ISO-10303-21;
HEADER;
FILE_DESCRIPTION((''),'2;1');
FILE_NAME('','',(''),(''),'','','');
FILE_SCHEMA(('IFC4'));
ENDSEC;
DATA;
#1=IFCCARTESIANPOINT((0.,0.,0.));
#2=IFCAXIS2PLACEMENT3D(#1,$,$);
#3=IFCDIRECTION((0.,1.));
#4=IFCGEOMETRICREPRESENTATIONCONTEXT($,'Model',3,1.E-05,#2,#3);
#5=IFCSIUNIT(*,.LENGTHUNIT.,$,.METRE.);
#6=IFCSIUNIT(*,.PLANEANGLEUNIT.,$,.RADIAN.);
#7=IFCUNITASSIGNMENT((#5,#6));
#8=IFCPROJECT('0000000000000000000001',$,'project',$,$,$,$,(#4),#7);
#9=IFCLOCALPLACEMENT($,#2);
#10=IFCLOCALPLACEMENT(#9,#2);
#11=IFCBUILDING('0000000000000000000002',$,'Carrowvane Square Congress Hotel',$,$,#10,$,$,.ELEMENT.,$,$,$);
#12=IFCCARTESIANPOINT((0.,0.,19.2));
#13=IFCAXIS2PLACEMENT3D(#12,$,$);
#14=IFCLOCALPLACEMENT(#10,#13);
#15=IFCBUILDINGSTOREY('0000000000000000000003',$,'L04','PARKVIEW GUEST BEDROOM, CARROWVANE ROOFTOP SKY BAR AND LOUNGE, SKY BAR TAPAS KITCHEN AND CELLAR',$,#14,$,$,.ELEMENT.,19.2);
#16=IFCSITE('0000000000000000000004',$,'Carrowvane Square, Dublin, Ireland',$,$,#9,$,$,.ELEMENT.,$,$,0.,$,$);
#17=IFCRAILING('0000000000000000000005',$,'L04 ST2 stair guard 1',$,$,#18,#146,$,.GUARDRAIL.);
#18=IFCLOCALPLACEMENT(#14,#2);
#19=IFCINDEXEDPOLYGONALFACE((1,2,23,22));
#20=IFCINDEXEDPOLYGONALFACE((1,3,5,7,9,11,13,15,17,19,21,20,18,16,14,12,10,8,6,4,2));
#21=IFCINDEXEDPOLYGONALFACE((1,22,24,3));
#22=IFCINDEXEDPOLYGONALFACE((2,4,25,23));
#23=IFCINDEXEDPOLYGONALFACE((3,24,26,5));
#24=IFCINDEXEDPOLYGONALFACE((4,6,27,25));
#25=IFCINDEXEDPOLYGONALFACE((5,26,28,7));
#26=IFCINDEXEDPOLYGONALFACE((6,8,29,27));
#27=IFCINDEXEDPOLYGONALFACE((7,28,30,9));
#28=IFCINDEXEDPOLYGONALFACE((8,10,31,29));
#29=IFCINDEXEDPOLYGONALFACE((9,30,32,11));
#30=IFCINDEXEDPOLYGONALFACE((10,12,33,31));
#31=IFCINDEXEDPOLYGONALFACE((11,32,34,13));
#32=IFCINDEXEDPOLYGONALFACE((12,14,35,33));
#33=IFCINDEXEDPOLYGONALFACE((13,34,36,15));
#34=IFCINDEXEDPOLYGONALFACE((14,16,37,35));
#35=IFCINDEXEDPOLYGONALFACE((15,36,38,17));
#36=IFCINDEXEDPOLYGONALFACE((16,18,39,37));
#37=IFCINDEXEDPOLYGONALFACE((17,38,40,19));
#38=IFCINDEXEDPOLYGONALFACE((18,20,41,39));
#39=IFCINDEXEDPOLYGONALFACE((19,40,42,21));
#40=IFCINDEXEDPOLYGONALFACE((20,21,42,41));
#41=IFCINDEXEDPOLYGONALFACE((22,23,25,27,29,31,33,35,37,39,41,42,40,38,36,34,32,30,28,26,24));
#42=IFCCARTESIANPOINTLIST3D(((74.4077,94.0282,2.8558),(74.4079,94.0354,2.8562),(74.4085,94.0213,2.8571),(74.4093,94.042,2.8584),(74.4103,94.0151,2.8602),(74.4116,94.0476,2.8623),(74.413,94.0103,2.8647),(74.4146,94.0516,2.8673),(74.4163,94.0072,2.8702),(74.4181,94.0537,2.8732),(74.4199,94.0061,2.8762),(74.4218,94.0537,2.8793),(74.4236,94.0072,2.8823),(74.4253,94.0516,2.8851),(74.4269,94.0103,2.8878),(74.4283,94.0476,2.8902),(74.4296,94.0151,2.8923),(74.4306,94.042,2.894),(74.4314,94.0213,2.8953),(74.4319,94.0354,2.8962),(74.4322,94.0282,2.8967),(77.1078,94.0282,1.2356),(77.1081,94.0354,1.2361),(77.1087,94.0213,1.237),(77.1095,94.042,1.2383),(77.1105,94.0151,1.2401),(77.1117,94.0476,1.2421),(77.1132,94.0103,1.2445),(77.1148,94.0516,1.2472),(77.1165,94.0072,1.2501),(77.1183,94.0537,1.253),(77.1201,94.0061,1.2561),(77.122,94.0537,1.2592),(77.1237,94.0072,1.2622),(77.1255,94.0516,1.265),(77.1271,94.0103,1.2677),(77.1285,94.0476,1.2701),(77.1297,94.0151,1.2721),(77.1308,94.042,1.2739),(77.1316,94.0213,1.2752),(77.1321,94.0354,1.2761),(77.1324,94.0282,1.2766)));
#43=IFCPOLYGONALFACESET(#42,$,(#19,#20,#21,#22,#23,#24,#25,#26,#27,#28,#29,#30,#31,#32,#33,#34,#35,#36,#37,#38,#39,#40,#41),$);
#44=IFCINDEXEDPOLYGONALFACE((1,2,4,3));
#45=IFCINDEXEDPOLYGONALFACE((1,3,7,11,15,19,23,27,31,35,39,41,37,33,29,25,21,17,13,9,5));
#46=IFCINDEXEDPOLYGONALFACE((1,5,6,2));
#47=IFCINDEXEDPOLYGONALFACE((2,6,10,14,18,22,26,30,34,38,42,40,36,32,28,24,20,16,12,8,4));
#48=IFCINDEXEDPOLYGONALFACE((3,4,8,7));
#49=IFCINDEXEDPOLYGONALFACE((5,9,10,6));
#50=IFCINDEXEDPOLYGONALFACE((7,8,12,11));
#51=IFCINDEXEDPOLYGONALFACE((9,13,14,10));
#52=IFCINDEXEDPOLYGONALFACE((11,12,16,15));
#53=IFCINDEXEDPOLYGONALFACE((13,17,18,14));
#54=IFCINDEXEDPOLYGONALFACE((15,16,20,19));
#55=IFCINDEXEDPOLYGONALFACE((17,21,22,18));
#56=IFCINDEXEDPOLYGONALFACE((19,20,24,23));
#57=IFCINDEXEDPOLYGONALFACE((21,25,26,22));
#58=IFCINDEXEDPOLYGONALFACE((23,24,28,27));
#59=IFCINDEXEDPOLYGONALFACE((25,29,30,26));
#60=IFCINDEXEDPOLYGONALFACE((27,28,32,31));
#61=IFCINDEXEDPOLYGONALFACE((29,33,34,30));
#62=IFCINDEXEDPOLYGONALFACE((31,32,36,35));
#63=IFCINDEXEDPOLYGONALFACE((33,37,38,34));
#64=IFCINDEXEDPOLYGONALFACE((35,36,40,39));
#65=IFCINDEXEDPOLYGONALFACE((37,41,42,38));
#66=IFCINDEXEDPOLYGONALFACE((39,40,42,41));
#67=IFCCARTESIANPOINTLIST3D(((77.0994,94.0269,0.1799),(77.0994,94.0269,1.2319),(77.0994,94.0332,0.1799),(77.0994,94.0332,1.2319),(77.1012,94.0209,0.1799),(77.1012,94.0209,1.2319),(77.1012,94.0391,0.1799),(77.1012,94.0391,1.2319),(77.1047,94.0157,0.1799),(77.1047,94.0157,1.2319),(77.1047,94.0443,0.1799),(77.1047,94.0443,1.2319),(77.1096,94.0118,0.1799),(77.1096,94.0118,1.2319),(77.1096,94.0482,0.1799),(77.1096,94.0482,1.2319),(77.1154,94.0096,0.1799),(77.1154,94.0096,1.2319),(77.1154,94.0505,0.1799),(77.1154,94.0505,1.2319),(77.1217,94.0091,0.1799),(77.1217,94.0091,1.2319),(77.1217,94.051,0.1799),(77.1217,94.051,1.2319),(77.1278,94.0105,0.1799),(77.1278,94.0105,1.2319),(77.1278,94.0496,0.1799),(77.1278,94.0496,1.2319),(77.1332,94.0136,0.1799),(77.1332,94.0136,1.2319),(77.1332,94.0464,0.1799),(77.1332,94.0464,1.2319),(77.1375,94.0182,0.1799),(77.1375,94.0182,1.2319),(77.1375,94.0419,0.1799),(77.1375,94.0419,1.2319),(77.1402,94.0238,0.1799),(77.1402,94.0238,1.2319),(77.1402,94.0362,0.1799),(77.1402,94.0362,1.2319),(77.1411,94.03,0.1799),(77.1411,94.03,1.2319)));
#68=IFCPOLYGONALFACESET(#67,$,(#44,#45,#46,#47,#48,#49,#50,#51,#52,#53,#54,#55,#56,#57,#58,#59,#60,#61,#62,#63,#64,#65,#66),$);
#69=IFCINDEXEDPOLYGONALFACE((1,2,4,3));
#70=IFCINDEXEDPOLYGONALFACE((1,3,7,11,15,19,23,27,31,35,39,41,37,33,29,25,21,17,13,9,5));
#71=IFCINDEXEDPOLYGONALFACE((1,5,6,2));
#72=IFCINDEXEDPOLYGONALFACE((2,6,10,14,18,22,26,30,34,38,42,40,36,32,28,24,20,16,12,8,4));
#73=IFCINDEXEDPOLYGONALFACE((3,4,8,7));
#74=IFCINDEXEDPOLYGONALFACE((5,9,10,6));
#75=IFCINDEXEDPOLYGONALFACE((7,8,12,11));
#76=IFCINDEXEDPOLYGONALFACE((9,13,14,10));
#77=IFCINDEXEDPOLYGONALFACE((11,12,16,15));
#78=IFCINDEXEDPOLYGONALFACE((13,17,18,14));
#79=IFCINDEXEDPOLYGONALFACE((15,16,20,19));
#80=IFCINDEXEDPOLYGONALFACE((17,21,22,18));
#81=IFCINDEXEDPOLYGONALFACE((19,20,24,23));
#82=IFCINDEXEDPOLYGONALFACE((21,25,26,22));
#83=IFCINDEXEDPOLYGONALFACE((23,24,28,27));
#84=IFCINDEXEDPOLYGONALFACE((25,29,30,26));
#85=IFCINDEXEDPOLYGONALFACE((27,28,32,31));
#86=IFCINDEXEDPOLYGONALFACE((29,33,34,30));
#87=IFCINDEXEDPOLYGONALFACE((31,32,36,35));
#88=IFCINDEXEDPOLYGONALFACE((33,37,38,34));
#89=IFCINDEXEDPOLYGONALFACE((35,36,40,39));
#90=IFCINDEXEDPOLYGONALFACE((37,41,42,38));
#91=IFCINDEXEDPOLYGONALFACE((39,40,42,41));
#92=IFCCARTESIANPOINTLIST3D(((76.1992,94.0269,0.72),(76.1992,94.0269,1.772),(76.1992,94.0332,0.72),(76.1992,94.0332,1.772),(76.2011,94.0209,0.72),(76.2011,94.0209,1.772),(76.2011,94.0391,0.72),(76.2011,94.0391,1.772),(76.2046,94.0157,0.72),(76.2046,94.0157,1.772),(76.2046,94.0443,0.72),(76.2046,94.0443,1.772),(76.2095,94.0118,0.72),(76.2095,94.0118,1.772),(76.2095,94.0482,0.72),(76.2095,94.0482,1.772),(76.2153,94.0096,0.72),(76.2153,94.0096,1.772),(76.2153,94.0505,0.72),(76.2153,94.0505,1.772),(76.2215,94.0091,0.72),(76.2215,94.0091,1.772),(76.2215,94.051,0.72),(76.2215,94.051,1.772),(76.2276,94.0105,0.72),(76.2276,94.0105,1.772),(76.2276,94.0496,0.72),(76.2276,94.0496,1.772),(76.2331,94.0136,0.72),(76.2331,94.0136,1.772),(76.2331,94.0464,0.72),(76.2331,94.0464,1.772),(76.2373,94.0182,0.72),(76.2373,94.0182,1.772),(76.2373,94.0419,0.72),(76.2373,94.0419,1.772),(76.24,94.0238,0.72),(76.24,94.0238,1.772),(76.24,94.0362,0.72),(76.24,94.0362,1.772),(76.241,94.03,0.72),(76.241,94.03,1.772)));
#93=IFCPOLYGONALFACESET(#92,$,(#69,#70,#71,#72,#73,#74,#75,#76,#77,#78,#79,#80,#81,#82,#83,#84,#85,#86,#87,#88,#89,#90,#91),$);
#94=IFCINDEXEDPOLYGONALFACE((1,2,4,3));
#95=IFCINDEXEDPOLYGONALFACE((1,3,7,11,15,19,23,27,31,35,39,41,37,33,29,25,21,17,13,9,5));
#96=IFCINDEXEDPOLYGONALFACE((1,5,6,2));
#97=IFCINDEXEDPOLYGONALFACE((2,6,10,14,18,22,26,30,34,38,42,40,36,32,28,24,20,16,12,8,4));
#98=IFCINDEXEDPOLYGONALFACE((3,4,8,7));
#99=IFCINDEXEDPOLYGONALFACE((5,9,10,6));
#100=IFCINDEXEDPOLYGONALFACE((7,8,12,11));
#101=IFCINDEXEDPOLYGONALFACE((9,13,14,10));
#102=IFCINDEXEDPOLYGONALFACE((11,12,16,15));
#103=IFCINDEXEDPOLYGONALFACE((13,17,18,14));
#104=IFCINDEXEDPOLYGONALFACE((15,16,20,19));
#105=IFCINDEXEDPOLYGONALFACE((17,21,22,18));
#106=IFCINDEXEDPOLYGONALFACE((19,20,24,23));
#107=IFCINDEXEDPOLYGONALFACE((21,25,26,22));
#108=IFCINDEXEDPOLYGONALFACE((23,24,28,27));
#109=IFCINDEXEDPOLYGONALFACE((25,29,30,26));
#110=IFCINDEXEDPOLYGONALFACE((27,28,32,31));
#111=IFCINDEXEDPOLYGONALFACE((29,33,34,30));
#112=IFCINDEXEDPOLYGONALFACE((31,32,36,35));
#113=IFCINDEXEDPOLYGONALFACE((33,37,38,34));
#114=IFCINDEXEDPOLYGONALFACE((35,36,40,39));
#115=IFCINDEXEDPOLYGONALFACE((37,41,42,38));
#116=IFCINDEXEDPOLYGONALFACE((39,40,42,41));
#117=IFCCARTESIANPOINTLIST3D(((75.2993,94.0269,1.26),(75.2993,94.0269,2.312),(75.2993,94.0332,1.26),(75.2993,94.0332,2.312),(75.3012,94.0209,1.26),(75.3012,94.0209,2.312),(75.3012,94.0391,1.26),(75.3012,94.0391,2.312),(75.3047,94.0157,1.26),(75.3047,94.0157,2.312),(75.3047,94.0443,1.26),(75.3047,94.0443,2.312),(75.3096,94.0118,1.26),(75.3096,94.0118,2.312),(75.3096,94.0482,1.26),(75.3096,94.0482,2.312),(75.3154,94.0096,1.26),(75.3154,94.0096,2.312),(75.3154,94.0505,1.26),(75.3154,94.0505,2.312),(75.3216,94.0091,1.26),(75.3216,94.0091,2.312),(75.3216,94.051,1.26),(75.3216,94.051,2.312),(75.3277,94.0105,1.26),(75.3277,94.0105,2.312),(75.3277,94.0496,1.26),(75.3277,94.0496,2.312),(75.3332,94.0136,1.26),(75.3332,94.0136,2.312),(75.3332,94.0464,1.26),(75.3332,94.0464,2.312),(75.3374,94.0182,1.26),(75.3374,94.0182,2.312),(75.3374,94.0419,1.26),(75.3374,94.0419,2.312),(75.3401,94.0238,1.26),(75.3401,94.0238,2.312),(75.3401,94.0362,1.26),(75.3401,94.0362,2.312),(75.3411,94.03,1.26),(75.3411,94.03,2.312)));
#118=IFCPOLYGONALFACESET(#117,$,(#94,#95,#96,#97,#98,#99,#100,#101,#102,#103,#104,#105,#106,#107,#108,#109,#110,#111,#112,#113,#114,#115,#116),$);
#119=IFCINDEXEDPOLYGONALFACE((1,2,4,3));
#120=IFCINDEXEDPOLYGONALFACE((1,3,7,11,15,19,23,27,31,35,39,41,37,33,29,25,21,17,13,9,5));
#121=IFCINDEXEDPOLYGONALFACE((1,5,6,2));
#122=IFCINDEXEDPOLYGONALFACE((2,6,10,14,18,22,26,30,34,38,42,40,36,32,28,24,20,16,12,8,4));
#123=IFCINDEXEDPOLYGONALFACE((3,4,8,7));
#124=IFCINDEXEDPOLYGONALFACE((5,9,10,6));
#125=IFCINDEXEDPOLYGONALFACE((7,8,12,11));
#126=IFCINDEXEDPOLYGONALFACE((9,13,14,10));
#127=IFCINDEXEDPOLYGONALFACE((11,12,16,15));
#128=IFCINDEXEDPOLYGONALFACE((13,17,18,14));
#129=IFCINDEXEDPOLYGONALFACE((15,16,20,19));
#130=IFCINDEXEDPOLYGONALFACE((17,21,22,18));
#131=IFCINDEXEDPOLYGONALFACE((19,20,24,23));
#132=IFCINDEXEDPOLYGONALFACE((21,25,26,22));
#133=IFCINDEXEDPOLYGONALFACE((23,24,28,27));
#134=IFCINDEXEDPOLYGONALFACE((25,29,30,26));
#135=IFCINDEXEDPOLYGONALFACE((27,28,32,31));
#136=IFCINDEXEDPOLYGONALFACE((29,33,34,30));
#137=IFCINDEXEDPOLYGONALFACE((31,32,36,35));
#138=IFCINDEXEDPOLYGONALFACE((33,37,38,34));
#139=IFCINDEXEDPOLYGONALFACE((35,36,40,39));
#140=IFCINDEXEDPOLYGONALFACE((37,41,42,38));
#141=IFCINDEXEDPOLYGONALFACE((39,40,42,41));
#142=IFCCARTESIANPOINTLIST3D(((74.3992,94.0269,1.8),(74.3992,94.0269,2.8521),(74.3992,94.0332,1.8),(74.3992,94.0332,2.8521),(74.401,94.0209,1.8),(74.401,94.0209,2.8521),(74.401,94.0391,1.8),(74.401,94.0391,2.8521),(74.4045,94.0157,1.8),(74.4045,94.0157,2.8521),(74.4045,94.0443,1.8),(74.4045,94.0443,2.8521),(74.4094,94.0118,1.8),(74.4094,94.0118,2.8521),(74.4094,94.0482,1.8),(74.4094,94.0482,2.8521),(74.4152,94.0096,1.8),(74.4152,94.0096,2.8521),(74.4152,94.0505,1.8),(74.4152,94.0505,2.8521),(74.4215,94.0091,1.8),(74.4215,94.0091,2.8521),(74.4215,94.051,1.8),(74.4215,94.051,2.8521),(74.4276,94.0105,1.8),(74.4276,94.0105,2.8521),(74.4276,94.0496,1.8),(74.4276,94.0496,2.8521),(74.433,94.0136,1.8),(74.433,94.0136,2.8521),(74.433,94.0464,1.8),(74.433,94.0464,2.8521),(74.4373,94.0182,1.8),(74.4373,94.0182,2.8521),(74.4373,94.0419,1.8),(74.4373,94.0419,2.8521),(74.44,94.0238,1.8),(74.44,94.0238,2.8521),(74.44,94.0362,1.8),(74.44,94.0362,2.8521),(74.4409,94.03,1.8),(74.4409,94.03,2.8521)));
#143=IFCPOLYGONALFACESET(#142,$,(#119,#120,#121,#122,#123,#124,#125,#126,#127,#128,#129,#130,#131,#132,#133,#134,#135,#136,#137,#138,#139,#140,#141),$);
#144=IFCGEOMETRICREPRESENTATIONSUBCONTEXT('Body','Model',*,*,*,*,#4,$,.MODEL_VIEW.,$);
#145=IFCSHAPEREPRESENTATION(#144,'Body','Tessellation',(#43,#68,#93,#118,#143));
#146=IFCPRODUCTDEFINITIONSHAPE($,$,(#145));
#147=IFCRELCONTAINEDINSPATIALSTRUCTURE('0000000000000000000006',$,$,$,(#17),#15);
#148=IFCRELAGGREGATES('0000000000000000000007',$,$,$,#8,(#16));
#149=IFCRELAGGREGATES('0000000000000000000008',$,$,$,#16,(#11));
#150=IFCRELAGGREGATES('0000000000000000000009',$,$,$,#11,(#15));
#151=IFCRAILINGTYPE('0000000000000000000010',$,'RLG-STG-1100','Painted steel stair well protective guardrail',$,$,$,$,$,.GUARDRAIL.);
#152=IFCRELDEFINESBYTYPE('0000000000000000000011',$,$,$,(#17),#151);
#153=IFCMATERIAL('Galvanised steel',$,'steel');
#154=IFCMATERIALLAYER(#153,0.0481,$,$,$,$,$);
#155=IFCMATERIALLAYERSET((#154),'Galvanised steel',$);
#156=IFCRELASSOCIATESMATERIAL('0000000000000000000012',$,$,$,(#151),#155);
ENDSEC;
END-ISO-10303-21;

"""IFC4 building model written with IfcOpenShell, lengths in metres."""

from ifc_helpers import new_model, si_unit, direction, frame, origin, origin_2d, place, context, subcontext, project, spatial, circle, extrude, material, layer, layer_set, type_object, element, save


model = new_model("IFC4")

# Units and contexts
model_context = context("Model", 3, precision=1e-05, world=origin(), true_north=direction((0.0, 1.0)))
body_context = subcontext(model_context, "Body", "Model", "MODEL_VIEW")
ifc_project = project(units=[si_unit("LENGTHUNIT", "METRE"), si_unit("PLANEANGLEUNIT", "RADIAN")], contexts=[model_context])

# Site, building, storey
site_placement = place(None, origin())
site = spatial("IfcSite", under=ifc_project, at=site_placement, Name="Carrowvane Square, Dublin, Ireland", CompositionType="ELEMENT", RefElevation=0.0)
building_placement = place(site_placement, origin())
building = spatial("IfcBuilding", under=site, at=building_placement, Name="Carrowvane Square Congress Hotel", CompositionType="ELEMENT")
storey_placement = place(building_placement, frame((0.0, 0.0, 19.2)))
storey = spatial("IfcBuildingStorey", under=building, at=storey_placement, Name="L04", Description="PARKVIEW GUEST BEDROOM, CARROWVANE ROOFTOP SKY BAR AND LOUNGE, SKY BAR TAPAS KITCHEN AND CELLAR", CompositionType="ELEMENT", Elevation=19.2)

# Railing
ifc_material_1 = material(Name="Galvanised steel", Category="steel")
ifc_layer_1 = layer(ifc_material_1, 0.0481)
ifc_layer_set_1 = layer_set([ifc_layer_1], Name="Galvanised steel")
railing_type_1 = type_object("IfcRailingType", Name="RLG-STG-1100", Description="Painted steel stair well protective guardrail", PredefinedType="GUARDRAIL", material=ifc_layer_set_1)
railing_1_placement = place(storey_placement, frame((77.1201, 94.03, 0.1799)))
element("IfcRailing", 1, at=railing_1_placement, inside=storey, type_object=railing_type_1, Name="L04 ST2 stair guard 1", PredefinedType="GUARDRAIL", context=body_context, shape_type="SweptSolid", body=[
    extrude(circle(Radius=0.0239, at=origin_2d()), frame((0.0, 0.0, 1.0762), z_axis=(-0.857493, 0.0, 0.514496), x_axis=(0.0, -1.0, 0.0)), (0.0, 0.0, 1.0), 3.1489),
    extrude(circle(Radius=0.021, at=origin_2d()), origin(), (0.0, 0.0, 1.0), 1.052),
    extrude(circle(Radius=0.021, at=origin_2d()), frame((-0.9001, 0.0, 0.54)), (0.0, 0.0, 1.0), 1.052),
    extrude(circle(Radius=0.021, at=origin_2d()), frame((-1.8, 0.0, 1.0801)), (0.0, 0.0, 1.0), 1.052),
    extrude(circle(Radius=0.021, at=origin_2d()), frame((-2.7002, 0.0, 1.6201)), (0.0, 0.0, 1.0), 1.052),
])

save(model, "model.ifc")
